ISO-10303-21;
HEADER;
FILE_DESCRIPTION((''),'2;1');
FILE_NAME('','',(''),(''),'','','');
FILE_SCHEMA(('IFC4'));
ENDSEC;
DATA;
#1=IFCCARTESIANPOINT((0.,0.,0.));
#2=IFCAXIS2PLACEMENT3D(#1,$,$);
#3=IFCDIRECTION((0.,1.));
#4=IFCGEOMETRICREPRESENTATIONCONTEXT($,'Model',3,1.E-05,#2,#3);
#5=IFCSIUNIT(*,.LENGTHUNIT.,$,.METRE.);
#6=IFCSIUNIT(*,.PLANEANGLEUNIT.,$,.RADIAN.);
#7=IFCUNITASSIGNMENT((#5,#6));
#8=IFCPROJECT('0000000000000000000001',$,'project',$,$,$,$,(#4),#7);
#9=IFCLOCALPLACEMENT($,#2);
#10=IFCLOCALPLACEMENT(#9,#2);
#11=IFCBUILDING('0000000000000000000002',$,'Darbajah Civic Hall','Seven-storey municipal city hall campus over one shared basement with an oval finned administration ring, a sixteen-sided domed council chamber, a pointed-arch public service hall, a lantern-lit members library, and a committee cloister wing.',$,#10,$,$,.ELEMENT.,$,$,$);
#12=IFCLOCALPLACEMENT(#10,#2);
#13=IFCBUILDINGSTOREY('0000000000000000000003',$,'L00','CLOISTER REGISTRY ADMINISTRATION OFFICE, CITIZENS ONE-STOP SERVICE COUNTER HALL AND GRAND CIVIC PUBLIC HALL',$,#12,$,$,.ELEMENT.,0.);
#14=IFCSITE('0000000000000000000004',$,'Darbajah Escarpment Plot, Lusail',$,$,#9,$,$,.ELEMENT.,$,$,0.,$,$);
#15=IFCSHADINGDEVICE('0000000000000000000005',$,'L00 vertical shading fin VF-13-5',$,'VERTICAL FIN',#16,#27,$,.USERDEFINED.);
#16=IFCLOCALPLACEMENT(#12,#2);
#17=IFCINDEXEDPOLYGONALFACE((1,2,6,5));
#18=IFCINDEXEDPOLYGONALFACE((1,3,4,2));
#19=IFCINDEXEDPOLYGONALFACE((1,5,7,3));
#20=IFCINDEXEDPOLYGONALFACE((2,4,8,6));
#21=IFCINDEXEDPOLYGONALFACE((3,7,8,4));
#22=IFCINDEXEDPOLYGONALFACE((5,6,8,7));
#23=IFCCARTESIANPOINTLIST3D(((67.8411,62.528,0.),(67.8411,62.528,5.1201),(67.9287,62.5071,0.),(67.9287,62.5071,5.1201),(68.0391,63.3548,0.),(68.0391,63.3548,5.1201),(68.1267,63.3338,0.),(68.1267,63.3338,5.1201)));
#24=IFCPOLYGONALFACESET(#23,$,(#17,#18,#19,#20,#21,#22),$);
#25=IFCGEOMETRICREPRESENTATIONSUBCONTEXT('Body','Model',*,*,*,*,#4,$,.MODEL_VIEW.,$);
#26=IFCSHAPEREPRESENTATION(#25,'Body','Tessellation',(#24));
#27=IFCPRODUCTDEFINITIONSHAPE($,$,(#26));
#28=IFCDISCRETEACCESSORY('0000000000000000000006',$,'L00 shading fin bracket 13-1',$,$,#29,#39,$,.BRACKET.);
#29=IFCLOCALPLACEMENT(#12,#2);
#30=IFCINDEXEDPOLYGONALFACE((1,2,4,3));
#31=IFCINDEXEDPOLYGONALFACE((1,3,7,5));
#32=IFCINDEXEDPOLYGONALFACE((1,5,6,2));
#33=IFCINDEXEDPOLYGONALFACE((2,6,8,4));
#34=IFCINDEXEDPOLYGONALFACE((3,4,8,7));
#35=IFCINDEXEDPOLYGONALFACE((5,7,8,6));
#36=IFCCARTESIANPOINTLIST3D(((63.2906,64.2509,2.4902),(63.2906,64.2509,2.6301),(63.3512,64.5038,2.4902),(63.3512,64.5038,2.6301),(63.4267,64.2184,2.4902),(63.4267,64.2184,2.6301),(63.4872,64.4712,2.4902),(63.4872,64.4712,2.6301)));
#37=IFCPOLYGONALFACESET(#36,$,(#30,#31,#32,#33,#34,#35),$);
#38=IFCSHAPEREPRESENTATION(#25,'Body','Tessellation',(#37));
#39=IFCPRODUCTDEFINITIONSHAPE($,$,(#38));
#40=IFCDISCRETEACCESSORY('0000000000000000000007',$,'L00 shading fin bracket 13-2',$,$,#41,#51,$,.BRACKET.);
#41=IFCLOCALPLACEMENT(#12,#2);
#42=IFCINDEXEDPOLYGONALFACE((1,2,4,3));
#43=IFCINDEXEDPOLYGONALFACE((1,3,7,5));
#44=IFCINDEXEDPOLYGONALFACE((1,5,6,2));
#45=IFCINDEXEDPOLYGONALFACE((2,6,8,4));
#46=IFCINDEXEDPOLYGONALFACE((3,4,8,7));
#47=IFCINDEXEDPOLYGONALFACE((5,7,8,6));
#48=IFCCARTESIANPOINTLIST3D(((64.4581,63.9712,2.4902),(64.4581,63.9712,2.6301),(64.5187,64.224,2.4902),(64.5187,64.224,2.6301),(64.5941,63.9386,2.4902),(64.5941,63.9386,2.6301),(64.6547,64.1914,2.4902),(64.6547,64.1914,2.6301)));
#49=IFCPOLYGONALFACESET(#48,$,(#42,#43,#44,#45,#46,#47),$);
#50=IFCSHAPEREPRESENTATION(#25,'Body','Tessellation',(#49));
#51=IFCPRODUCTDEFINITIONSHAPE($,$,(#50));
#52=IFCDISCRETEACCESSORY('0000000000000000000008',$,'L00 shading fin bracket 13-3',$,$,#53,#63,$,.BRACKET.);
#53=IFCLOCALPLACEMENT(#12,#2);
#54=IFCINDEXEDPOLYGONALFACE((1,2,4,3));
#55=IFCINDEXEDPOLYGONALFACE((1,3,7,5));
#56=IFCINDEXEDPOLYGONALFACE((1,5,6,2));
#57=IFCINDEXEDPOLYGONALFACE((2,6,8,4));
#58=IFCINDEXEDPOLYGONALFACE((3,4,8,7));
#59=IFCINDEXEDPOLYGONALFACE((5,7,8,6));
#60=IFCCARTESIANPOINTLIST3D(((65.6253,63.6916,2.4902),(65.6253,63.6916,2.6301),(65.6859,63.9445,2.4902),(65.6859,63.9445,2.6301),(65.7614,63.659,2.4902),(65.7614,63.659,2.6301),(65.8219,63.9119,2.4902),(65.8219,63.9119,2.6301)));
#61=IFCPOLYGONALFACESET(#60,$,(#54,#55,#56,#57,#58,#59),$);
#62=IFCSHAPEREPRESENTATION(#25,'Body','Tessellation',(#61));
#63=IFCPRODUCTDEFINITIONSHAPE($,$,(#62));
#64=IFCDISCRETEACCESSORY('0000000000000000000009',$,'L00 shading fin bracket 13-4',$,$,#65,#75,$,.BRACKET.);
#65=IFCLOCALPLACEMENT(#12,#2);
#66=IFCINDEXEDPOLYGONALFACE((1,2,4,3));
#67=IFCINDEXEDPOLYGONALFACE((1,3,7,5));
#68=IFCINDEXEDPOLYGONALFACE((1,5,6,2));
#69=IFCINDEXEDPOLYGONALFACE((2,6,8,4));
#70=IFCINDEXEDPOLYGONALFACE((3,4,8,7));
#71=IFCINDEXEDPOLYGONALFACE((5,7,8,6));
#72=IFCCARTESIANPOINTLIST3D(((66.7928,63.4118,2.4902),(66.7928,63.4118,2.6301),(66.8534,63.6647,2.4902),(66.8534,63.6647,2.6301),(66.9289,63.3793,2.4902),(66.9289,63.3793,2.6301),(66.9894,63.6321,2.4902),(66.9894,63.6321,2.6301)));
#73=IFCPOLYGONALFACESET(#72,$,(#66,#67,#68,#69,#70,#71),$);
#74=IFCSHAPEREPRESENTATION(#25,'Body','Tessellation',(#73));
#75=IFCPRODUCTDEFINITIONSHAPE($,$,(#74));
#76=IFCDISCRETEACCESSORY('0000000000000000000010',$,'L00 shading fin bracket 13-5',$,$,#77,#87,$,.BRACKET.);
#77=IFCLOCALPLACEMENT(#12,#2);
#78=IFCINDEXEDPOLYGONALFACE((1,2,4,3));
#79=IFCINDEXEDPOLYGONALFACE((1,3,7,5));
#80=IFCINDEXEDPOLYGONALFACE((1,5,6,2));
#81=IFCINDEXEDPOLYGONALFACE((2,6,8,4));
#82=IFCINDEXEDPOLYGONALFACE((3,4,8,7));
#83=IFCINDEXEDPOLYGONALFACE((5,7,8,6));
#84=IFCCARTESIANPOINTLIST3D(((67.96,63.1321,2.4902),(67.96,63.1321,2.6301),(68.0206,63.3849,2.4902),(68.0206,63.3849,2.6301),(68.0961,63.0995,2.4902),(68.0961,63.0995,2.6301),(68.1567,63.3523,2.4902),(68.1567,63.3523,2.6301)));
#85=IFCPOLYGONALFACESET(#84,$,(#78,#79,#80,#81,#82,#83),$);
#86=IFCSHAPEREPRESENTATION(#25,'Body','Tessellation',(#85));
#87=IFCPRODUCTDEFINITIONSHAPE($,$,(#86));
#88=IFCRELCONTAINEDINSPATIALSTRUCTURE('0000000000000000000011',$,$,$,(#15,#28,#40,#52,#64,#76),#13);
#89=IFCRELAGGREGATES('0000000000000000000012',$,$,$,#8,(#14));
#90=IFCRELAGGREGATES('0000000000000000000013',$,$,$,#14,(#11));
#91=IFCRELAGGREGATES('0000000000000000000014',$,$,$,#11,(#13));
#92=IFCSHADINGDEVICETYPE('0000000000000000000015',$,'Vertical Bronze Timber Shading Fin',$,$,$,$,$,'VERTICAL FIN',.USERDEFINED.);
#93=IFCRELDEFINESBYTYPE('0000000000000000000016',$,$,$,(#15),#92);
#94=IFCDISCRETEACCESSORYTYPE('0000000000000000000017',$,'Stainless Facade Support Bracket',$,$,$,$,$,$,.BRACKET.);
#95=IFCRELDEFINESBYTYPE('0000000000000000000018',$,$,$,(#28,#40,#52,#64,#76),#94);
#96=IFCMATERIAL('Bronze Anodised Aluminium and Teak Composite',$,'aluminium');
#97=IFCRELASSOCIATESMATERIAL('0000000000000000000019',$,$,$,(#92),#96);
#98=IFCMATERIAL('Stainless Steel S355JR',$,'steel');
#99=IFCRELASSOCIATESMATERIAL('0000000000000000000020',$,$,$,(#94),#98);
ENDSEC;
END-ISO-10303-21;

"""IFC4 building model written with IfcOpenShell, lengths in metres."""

from ifc_helpers import new_model, si_unit, direction, frame, origin, origin_2d, place, context, subcontext, project, spatial, rectangle, extrude, material, type_object, element, save


model = new_model("IFC4")

# Units and contexts
model_context = context("Model", 3, precision=1e-05, world=origin(), true_north=direction((0.0, 1.0)))
body_context = subcontext(model_context, "Body", "Model", "MODEL_VIEW")
ifc_project = project(units=[si_unit("LENGTHUNIT", "METRE"), si_unit("PLANEANGLEUNIT", "RADIAN")], contexts=[model_context])

# Site, building, storey
site_placement = place(None, origin())
site = spatial("IfcSite", under=ifc_project, at=site_placement, Name="Darbajah Escarpment Plot, Lusail", CompositionType="ELEMENT", RefElevation=0.0)
building_placement = place(site_placement, origin())
building = spatial("IfcBuilding", under=site, at=building_placement, Name="Darbajah Civic Hall", Description="Seven-storey municipal city hall campus over one shared basement with an oval finned administration ring, a sixteen-sided domed council chamber, a pointed-arch public service hall, a lantern-lit members library, and a committee cloister wing.", CompositionType="ELEMENT")
storey_placement = place(building_placement, origin())
storey = spatial("IfcBuildingStorey", under=building, at=storey_placement, Name="L00", Description="CLOISTER REGISTRY ADMINISTRATION OFFICE, CITIZENS ONE-STOP SERVICE COUNTER HALL AND GRAND CIVIC PUBLIC HALL", CompositionType="ELEMENT", Elevation=0.0)

# Shading device
ifc_material_1 = material(Name="Bronze Anodised Aluminium and Teak Composite", Category="aluminium")
shading_device_type = type_object("IfcShadingDeviceType", Name="Vertical Bronze Timber Shading Fin", ElementType="VERTICAL FIN", PredefinedType="USERDEFINED", material=ifc_material_1)
for number, where, z_axis, x_axis, name in (
    (1, (67.9839, 62.9309, 0.0), (0.0, 0.0, 1.0), (-0.232936, -0.972492, 0.0), "L00 vertical shading fin VF-13-5"),
):
    element("IfcShadingDevice", number, at=place(storey_placement, frame(where, z_axis=z_axis, x_axis=x_axis)), inside=storey, type_object=shading_device_type, Name=name, ObjectType="VERTICAL FIN", PredefinedType="USERDEFINED", context=body_context, shape_type="SweptSolid", body=[
        extrude(rectangle(XDim=0.8501, YDim=0.0901, at=origin_2d()), origin(), (0.0, 0.0, 1.0), 5.1201),
    ])

# Discrete accessories
ifc_material_2 = material(Name="Stainless Steel S355JR", Category="steel")
discrete_accessory_type = type_object("IfcDiscreteAccessoryType", Name="Stainless Facade Support Bracket", PredefinedType="BRACKET", material=ifc_material_2)
for number, where, z_axis, x_axis, name in (
    (2, (63.3889, 64.3611, 2.4902), (0.0, 0.0, 1.0), (-0.232936, -0.972492, 0.0), "L00 shading fin bracket 13-1"),
    (3, (64.5564, 64.0813, 2.4902), (0.0, 0.0, 1.0), (-0.232936, -0.972492, 0.0), "L00 shading fin bracket 13-2"),
    (4, (65.7236, 63.8018, 2.4902), (0.0, 0.0, 1.0), (-0.232936, -0.972492, 0.0), "L00 shading fin bracket 13-3"),
    (5, (66.8911, 63.522, 2.4902), (0.0, 0.0, 1.0), (-0.232936, -0.972492, 0.0), "L00 shading fin bracket 13-4"),
    (6, (68.0583, 63.2422, 2.4902), (0.0, 0.0, 1.0), (-0.232936, -0.972492, 0.0), "L00 shading fin bracket 13-5"),
):
    element("IfcDiscreteAccessory", number, at=place(storey_placement, frame(where, z_axis=z_axis, x_axis=x_axis)), inside=storey, type_object=discrete_accessory_type, Name=name, PredefinedType="BRACKET", context=body_context, shape_type="SweptSolid", body=[
        extrude(rectangle(XDim=0.26, YDim=0.1399, at=origin_2d()), origin(), (0.0, 0.0, 1.0), 0.1399),
    ])

save(model, "model.ifc")
